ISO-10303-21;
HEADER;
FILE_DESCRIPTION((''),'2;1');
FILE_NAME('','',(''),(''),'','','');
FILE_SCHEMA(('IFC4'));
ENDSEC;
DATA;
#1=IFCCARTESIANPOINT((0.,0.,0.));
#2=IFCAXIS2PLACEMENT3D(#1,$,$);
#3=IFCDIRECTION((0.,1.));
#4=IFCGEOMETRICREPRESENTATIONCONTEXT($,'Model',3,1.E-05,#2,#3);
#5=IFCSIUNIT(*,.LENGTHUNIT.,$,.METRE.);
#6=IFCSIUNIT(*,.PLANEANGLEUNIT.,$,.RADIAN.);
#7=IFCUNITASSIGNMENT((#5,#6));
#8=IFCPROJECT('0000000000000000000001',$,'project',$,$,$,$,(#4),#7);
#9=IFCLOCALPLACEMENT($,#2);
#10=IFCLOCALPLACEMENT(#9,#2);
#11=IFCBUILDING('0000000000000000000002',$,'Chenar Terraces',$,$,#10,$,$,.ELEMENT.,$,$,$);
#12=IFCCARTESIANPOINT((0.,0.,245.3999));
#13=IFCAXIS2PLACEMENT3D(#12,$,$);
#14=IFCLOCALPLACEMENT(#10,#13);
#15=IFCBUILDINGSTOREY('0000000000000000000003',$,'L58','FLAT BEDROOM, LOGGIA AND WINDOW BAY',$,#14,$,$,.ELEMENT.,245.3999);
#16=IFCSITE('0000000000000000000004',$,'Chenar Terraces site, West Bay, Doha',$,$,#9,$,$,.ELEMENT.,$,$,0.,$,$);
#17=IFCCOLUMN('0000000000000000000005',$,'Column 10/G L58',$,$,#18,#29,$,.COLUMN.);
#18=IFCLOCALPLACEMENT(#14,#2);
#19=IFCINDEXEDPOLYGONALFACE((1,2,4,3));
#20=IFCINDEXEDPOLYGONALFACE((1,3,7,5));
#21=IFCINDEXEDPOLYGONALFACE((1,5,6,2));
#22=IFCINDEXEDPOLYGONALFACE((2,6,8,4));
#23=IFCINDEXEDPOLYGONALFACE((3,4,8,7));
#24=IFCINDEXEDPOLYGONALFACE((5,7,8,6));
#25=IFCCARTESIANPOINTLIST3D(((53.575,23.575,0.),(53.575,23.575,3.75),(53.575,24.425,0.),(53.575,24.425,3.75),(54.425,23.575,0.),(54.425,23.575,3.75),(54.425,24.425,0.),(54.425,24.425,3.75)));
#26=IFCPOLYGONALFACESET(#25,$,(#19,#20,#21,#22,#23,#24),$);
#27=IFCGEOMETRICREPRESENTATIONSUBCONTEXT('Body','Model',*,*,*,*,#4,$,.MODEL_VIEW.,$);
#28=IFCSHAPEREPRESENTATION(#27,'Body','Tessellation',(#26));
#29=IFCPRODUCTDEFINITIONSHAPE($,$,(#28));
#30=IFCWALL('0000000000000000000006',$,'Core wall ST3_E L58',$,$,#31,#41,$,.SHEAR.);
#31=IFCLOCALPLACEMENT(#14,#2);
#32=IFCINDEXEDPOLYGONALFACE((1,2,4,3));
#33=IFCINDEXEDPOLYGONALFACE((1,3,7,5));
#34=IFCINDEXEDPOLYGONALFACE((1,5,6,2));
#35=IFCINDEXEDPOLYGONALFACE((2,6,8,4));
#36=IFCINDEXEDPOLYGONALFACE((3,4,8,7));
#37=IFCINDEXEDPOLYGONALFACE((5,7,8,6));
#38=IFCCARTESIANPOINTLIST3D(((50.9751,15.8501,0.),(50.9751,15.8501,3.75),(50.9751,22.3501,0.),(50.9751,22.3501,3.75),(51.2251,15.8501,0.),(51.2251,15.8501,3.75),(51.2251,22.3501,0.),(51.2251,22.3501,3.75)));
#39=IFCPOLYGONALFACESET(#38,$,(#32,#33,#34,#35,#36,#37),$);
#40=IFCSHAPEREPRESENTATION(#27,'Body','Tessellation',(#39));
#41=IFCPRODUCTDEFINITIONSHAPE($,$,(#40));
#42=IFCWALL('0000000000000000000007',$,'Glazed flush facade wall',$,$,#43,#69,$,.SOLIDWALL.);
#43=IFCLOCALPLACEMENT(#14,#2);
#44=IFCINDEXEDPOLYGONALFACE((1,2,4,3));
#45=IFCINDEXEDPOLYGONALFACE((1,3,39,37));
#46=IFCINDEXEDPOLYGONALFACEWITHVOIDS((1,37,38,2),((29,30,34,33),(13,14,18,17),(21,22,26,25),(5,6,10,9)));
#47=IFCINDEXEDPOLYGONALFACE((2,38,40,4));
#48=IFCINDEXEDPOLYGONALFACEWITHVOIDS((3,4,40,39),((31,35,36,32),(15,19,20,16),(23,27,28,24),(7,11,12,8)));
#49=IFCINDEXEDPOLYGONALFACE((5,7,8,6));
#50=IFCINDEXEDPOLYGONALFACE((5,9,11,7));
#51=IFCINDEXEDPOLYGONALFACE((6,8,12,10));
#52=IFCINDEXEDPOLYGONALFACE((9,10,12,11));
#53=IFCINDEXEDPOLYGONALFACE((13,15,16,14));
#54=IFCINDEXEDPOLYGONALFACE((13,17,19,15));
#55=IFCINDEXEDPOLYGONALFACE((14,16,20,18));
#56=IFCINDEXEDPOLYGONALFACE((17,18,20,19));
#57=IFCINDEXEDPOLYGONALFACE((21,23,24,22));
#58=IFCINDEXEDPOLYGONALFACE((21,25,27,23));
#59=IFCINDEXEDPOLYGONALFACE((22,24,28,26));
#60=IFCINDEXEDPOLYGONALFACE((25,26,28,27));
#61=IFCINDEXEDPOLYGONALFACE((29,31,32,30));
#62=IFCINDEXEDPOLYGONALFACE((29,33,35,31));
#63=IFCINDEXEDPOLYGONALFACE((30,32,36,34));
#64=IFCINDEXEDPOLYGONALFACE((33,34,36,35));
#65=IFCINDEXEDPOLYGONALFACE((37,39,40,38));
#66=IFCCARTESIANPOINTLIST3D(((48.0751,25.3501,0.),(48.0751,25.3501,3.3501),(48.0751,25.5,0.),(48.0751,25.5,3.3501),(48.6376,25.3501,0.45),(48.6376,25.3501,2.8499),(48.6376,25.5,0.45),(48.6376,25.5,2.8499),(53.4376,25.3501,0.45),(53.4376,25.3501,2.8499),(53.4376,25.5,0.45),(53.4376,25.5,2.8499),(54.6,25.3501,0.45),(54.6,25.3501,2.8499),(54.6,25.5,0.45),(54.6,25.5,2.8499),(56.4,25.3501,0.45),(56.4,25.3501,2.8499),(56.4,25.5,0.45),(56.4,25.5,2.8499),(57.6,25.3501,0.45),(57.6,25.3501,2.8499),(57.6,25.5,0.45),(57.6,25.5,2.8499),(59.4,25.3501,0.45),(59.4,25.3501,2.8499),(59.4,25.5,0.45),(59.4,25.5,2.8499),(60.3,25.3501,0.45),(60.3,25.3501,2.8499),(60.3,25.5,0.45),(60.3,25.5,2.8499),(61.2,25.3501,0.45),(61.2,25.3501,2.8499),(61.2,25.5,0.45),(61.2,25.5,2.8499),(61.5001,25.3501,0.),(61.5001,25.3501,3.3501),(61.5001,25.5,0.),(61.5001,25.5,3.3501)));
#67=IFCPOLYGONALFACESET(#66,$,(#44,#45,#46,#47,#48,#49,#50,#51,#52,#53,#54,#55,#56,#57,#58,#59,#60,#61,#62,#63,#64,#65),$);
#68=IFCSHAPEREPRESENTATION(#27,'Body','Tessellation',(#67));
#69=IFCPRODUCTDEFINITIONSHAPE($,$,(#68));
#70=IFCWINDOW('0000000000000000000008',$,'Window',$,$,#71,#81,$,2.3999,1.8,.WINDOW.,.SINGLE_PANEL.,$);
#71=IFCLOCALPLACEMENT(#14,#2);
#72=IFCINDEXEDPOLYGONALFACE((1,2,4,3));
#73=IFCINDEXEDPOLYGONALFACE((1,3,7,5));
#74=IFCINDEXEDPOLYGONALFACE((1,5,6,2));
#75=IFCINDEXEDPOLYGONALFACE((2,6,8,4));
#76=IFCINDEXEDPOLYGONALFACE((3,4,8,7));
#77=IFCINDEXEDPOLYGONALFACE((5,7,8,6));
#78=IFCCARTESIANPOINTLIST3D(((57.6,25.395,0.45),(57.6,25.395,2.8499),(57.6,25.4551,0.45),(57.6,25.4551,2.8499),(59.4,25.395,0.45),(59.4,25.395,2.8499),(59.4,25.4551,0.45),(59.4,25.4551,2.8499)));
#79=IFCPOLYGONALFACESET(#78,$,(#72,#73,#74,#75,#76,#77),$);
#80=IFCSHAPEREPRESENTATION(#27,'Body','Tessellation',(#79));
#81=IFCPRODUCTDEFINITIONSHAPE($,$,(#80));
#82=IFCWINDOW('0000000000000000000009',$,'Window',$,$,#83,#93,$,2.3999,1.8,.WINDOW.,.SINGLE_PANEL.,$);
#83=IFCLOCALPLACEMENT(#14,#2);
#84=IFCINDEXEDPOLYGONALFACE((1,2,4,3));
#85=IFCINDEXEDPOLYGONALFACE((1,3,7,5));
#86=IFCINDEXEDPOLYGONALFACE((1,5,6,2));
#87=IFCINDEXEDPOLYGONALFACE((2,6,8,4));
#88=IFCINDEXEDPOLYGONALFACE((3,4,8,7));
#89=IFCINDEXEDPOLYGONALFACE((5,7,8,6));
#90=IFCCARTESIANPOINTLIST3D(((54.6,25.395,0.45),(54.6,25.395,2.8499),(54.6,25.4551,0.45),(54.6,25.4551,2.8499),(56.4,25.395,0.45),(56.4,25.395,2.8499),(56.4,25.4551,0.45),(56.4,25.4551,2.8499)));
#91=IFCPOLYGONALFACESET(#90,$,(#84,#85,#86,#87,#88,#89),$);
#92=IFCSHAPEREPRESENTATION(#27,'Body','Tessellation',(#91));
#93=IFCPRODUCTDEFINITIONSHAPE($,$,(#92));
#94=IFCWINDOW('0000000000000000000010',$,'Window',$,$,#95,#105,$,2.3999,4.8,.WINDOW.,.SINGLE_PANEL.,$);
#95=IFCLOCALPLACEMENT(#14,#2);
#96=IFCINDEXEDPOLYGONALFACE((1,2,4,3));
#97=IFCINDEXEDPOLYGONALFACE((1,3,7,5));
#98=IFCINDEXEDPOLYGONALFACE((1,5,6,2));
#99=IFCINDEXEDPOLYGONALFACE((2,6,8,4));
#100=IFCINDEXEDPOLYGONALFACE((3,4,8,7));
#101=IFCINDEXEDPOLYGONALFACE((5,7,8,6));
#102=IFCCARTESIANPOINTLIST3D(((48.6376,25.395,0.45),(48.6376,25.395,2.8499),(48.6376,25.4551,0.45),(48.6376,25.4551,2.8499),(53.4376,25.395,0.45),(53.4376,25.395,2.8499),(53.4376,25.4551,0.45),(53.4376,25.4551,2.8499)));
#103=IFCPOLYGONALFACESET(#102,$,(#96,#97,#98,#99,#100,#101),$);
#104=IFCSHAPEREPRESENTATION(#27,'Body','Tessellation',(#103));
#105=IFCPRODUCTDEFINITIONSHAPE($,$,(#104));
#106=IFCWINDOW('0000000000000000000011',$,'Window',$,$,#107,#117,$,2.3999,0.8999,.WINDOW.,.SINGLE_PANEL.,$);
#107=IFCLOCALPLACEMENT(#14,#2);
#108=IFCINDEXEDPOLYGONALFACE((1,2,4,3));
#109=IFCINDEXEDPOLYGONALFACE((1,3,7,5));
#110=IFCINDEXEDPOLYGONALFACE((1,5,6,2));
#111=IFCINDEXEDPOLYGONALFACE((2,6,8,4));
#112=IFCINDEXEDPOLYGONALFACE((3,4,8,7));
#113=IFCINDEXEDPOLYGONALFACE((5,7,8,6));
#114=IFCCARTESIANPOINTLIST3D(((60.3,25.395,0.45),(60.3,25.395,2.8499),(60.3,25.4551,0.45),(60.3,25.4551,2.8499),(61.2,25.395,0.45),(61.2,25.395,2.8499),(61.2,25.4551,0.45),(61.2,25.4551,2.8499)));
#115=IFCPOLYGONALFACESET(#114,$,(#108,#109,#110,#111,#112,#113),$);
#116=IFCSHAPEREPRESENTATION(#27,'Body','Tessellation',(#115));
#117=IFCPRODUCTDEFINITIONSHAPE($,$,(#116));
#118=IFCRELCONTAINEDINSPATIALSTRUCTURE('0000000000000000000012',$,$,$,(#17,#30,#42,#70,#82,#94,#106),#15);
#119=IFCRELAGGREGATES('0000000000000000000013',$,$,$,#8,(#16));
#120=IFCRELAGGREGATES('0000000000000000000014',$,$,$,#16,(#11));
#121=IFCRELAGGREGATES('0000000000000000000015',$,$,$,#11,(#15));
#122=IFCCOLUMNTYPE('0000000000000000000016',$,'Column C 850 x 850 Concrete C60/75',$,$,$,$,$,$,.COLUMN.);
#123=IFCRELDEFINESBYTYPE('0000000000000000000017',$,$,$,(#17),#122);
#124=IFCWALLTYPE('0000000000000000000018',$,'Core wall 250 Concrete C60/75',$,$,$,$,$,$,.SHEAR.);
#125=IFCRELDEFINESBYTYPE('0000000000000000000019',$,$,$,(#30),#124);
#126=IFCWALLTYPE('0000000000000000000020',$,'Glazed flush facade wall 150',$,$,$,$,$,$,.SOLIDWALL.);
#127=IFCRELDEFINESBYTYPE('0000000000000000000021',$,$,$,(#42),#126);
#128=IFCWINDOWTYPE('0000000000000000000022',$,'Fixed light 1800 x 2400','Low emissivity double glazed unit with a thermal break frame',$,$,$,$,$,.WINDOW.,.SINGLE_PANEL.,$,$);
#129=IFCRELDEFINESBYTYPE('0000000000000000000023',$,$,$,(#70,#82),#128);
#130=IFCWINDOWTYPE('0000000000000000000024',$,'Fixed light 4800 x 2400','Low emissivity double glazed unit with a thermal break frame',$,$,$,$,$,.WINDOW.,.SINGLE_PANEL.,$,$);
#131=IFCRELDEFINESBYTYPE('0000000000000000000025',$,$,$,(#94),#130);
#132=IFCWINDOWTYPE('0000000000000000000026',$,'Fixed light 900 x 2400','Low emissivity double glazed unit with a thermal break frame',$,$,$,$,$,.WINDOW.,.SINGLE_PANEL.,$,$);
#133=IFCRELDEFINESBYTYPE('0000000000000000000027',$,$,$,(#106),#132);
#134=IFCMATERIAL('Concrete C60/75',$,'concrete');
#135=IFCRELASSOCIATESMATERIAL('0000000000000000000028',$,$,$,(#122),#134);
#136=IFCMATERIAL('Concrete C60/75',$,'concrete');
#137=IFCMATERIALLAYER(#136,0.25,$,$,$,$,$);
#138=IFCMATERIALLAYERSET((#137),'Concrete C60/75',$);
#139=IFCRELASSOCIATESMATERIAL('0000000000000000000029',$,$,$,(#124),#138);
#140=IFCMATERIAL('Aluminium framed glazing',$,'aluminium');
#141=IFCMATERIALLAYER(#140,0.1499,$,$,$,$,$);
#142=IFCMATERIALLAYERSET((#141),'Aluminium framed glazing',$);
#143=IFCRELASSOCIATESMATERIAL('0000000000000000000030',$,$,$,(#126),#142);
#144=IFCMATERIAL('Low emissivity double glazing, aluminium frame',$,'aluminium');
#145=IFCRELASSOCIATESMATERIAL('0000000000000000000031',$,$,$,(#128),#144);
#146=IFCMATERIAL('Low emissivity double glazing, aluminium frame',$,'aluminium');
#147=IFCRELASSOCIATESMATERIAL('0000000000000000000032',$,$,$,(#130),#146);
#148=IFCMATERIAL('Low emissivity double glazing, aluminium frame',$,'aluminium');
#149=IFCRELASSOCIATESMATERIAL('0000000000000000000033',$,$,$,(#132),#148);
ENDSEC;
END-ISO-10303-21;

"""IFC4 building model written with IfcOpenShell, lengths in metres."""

from ifc_helpers import new_model, si_unit, direction, frame, frame_2d, origin, origin_2d, place, context, subcontext, project, spatial, rectangle, extrude, material, layer, layer_set, material_profile, profile_set, type_object, element, fill, save


model = new_model("IFC4")

# Units and contexts
model_context = context("Model", 3, precision=1e-05, world=origin(), true_north=direction((0.0, 1.0)))
body_context = subcontext(model_context, "Body", "Model", "MODEL_VIEW")
ifc_project = project(units=[si_unit("LENGTHUNIT", "METRE"), si_unit("PLANEANGLEUNIT", "RADIAN")], contexts=[model_context])

# Site, building, storey
site_placement = place(None, origin())
site = spatial("IfcSite", under=ifc_project, at=site_placement, Name="Chenar Terraces site, West Bay, Doha", CompositionType="ELEMENT", RefElevation=0.0)
building_placement = place(site_placement, origin())
building = spatial("IfcBuilding", under=site, at=building_placement, Name="Chenar Terraces", CompositionType="ELEMENT")
storey_placement = place(building_placement, frame((0.0, 0.0, 245.3999)))
storey = spatial("IfcBuildingStorey", under=building, at=storey_placement, Name="L58", Description="FLAT BEDROOM, LOGGIA AND WINDOW BAY", CompositionType="ELEMENT", Elevation=245.3999)

# Column
ifc_material_1 = material(Name="Concrete C60/75", Category="concrete")
ifc_material_profile_1 = material_profile(ifc_material_1, rectangle(XDim=0.8501, YDim=0.8501, at=origin_2d()), Name="C 850 x 850")
ifc_profile_set_1 = profile_set([ifc_material_profile_1], Name="Concrete C60/75")
column_type = type_object("IfcColumnType", Name="Column C 850 x 850 Concrete C60/75", PredefinedType="COLUMN", material=ifc_profile_set_1)
column_placement = place(storey_placement, frame((54.0, 24.0, 0.0), z_axis=(0.0, 0.0, 1.0), x_axis=(1.0, 0.0, 0.0)))
element("IfcColumn", 1, at=column_placement, inside=storey, type_object=column_type, Name="Column 10/G L58", PredefinedType="COLUMN", context=body_context, shape_type="SweptSolid", body=[
    extrude(rectangle(XDim=0.8501, YDim=0.8501, at=origin_2d()), origin(), (0.0, 0.0, 1.0), 3.75),
])

# Wall
ifc_material_2 = material(Name="Concrete C60/75", Category="concrete")
ifc_layer_1 = layer(ifc_material_2, 0.25)
ifc_layer_set_1 = layer_set([ifc_layer_1], Name="Concrete C60/75")
wall_type_1 = type_object("IfcWallType", Name="Core wall 250 Concrete C60/75", PredefinedType="SHEAR", material=ifc_layer_set_1)
wall_1_placement = place(storey_placement, frame((51.1001, 15.8501, 0.0), z_axis=(0.0, 0.0, 1.0), x_axis=(0.0, 1.0, 0.0)))
element("IfcWall", 2, at=wall_1_placement, inside=storey, type_object=wall_type_1, Name="Core wall ST3_E L58", PredefinedType="SHEAR", context=body_context, shape_type="SweptSolid", body=[
    extrude(rectangle(XDim=6.5, YDim=0.25, at=frame_2d((3.25, 0.0))), origin(), (0.0, 0.0, 1.0), 3.75),
])

# Wall, openings, windows
ifc_material_3 = material(Name="Aluminium framed glazing", Category="aluminium")
ifc_layer_2 = layer(ifc_material_3, 0.1499)
ifc_layer_set_2 = layer_set([ifc_layer_2], Name="Aluminium framed glazing")
wall_type_2 = type_object("IfcWallType", Name="Glazed flush facade wall 150", PredefinedType="SOLIDWALL", material=ifc_layer_set_2)
wall_2_placement = place(storey_placement, frame((61.5, 25.425, 0.0), z_axis=(0.0, 0.0, 1.0), x_axis=(-1.0, 0.0, 0.0)))
wall_2 = element("IfcWall", 3, at=wall_2_placement, inside=storey, type_object=wall_type_2, Name="Glazed flush facade wall", PredefinedType="SOLIDWALL", context=body_context, shape_type="SweptSolid", body=[
    extrude(rectangle(XDim=13.425, YDim=0.1499, at=frame_2d((6.7124, 0.0))), origin(), (0.0, 0.0, 1.0), 3.3501),
])
opening_1_placement = place(wall_2_placement, frame((0.3, 0.0, 0.45)))
opening_1 = element("IfcOpeningElement", 4, at=opening_1_placement, cuts=wall_2, PredefinedType="OPENING", context=body_context, shape_type="SweptSolid", body=[
    extrude(rectangle(XDim=0.8999, YDim=2.3999, at=frame_2d((0.45, 1.2))), frame((0.0, 0.085, 0.0), z_axis=(0.0, -1.0, 0.0), x_axis=(1.0, 0.0, 0.0)), (0.0, 0.0, 1.0), 0.1699),
])
opening_2_placement = place(wall_2_placement, frame((2.1001, 0.0, 0.45)))
opening_2 = element("IfcOpeningElement", 5, at=opening_2_placement, cuts=wall_2, PredefinedType="OPENING", context=body_context, shape_type="SweptSolid", body=[
    extrude(rectangle(XDim=1.8, YDim=2.3999, at=frame_2d((0.8999, 1.2))), frame((0.0, 0.085, 0.0), z_axis=(0.0, -1.0, 0.0), x_axis=(1.0, 0.0, 0.0)), (0.0, 0.0, 1.0), 0.1699),
])
opening_3_placement = place(wall_2_placement, frame((5.1001, 0.0, 0.45)))
opening_3 = element("IfcOpeningElement", 6, at=opening_3_placement, cuts=wall_2, PredefinedType="OPENING", context=body_context, shape_type="SweptSolid", body=[
    extrude(rectangle(XDim=1.8, YDim=2.3999, at=frame_2d((0.8999, 1.2))), frame((0.0, 0.085, 0.0), z_axis=(0.0, -1.0, 0.0), x_axis=(1.0, 0.0, 0.0)), (0.0, 0.0, 1.0), 0.1699),
])
opening_4_placement = place(wall_2_placement, frame((8.0625, 0.0, 0.45)))
opening_4 = element("IfcOpeningElement", 7, at=opening_4_placement, cuts=wall_2, PredefinedType="OPENING", context=body_context, shape_type="SweptSolid", body=[
    extrude(rectangle(XDim=4.8, YDim=2.3999, at=frame_2d((2.3999, 1.2))), frame((0.0, 0.085, 0.0), z_axis=(0.0, -1.0, 0.0), x_axis=(1.0, 0.0, 0.0)), (0.0, 0.0, 1.0), 0.1699),
])
ifc_material_4 = material(Name="Low emissivity double glazing, aluminium frame", Category="aluminium")
window_type_1 = type_object("IfcWindowType", Name="Fixed light 1800 x 2400", Description="Low emissivity double glazed unit with a thermal break frame", PartitioningType="SINGLE_PANEL", PredefinedType="WINDOW", material=ifc_material_4)
window_1_placement = place(opening_2_placement, origin())
window_1 = element("IfcWindow", 8, at=window_1_placement, inside=storey, type_object=window_type_1, Name="Window", OverallHeight=2.3999, OverallWidth=1.8, PartitioningType="SINGLE_PANEL", PredefinedType="WINDOW", context=body_context, shape_type="SweptSolid", body=[
    extrude(rectangle(XDim=1.8, YDim=2.3999, at=frame_2d((0.8999, 1.2))), frame((0.0, 0.03, 0.0), z_axis=(0.0, -1.0, 0.0), x_axis=(1.0, 0.0, 0.0)), (0.0, 0.0, 1.0), 0.0601),
])
fill(opening_2, window_1)
window_2_placement = place(opening_3_placement, origin())
window_2 = element("IfcWindow", 9, at=window_2_placement, inside=storey, type_object=window_type_1, Name="Window", OverallHeight=2.3999, OverallWidth=1.8, PartitioningType="SINGLE_PANEL", PredefinedType="WINDOW", context=body_context, shape_type="SweptSolid", body=[
    extrude(rectangle(XDim=1.8, YDim=2.3999, at=frame_2d((0.8999, 1.2))), frame((0.0, 0.03, 0.0), z_axis=(0.0, -1.0, 0.0), x_axis=(1.0, 0.0, 0.0)), (0.0, 0.0, 1.0), 0.0601),
])
fill(opening_3, window_2)
ifc_material_5 = material(Name="Low emissivity double glazing, aluminium frame", Category="aluminium")
window_type_2 = type_object("IfcWindowType", Name="Fixed light 4800 x 2400", Description="Low emissivity double glazed unit with a thermal break frame", PartitioningType="SINGLE_PANEL", PredefinedType="WINDOW", material=ifc_material_5)
window_3_placement = place(opening_4_placement, origin())
window_3 = element("IfcWindow", 10, at=window_3_placement, inside=storey, type_object=window_type_2, Name="Window", OverallHeight=2.3999, OverallWidth=4.8, PartitioningType="SINGLE_PANEL", PredefinedType="WINDOW", context=body_context, shape_type="SweptSolid", body=[
    extrude(rectangle(XDim=4.8, YDim=2.3999, at=frame_2d((2.3999, 1.2))), frame((0.0, 0.03, 0.0), z_axis=(0.0, -1.0, 0.0), x_axis=(1.0, 0.0, 0.0)), (0.0, 0.0, 1.0), 0.0601),
])
fill(opening_4, window_3)
ifc_material_6 = material(Name="Low emissivity double glazing, aluminium frame", Category="aluminium")
window_type_3 = type_object("IfcWindowType", Name="Fixed light 900 x 2400", Description="Low emissivity double glazed unit with a thermal break frame", PartitioningType="SINGLE_PANEL", PredefinedType="WINDOW", material=ifc_material_6)
window_4_placement = place(opening_1_placement, origin())
window_4 = element("IfcWindow", 11, at=window_4_placement, inside=storey, type_object=window_type_3, Name="Window", OverallHeight=2.3999, OverallWidth=0.8999, PartitioningType="SINGLE_PANEL", PredefinedType="WINDOW", context=body_context, shape_type="SweptSolid", body=[
    extrude(rectangle(XDim=0.8999, YDim=2.3999, at=frame_2d((0.45, 1.2))), frame((0.0, 0.03, 0.0), z_axis=(0.0, -1.0, 0.0), x_axis=(1.0, 0.0, 0.0)), (0.0, 0.0, 1.0), 0.0601),
])
fill(opening_1, window_4)

save(model, "model.ifc")
